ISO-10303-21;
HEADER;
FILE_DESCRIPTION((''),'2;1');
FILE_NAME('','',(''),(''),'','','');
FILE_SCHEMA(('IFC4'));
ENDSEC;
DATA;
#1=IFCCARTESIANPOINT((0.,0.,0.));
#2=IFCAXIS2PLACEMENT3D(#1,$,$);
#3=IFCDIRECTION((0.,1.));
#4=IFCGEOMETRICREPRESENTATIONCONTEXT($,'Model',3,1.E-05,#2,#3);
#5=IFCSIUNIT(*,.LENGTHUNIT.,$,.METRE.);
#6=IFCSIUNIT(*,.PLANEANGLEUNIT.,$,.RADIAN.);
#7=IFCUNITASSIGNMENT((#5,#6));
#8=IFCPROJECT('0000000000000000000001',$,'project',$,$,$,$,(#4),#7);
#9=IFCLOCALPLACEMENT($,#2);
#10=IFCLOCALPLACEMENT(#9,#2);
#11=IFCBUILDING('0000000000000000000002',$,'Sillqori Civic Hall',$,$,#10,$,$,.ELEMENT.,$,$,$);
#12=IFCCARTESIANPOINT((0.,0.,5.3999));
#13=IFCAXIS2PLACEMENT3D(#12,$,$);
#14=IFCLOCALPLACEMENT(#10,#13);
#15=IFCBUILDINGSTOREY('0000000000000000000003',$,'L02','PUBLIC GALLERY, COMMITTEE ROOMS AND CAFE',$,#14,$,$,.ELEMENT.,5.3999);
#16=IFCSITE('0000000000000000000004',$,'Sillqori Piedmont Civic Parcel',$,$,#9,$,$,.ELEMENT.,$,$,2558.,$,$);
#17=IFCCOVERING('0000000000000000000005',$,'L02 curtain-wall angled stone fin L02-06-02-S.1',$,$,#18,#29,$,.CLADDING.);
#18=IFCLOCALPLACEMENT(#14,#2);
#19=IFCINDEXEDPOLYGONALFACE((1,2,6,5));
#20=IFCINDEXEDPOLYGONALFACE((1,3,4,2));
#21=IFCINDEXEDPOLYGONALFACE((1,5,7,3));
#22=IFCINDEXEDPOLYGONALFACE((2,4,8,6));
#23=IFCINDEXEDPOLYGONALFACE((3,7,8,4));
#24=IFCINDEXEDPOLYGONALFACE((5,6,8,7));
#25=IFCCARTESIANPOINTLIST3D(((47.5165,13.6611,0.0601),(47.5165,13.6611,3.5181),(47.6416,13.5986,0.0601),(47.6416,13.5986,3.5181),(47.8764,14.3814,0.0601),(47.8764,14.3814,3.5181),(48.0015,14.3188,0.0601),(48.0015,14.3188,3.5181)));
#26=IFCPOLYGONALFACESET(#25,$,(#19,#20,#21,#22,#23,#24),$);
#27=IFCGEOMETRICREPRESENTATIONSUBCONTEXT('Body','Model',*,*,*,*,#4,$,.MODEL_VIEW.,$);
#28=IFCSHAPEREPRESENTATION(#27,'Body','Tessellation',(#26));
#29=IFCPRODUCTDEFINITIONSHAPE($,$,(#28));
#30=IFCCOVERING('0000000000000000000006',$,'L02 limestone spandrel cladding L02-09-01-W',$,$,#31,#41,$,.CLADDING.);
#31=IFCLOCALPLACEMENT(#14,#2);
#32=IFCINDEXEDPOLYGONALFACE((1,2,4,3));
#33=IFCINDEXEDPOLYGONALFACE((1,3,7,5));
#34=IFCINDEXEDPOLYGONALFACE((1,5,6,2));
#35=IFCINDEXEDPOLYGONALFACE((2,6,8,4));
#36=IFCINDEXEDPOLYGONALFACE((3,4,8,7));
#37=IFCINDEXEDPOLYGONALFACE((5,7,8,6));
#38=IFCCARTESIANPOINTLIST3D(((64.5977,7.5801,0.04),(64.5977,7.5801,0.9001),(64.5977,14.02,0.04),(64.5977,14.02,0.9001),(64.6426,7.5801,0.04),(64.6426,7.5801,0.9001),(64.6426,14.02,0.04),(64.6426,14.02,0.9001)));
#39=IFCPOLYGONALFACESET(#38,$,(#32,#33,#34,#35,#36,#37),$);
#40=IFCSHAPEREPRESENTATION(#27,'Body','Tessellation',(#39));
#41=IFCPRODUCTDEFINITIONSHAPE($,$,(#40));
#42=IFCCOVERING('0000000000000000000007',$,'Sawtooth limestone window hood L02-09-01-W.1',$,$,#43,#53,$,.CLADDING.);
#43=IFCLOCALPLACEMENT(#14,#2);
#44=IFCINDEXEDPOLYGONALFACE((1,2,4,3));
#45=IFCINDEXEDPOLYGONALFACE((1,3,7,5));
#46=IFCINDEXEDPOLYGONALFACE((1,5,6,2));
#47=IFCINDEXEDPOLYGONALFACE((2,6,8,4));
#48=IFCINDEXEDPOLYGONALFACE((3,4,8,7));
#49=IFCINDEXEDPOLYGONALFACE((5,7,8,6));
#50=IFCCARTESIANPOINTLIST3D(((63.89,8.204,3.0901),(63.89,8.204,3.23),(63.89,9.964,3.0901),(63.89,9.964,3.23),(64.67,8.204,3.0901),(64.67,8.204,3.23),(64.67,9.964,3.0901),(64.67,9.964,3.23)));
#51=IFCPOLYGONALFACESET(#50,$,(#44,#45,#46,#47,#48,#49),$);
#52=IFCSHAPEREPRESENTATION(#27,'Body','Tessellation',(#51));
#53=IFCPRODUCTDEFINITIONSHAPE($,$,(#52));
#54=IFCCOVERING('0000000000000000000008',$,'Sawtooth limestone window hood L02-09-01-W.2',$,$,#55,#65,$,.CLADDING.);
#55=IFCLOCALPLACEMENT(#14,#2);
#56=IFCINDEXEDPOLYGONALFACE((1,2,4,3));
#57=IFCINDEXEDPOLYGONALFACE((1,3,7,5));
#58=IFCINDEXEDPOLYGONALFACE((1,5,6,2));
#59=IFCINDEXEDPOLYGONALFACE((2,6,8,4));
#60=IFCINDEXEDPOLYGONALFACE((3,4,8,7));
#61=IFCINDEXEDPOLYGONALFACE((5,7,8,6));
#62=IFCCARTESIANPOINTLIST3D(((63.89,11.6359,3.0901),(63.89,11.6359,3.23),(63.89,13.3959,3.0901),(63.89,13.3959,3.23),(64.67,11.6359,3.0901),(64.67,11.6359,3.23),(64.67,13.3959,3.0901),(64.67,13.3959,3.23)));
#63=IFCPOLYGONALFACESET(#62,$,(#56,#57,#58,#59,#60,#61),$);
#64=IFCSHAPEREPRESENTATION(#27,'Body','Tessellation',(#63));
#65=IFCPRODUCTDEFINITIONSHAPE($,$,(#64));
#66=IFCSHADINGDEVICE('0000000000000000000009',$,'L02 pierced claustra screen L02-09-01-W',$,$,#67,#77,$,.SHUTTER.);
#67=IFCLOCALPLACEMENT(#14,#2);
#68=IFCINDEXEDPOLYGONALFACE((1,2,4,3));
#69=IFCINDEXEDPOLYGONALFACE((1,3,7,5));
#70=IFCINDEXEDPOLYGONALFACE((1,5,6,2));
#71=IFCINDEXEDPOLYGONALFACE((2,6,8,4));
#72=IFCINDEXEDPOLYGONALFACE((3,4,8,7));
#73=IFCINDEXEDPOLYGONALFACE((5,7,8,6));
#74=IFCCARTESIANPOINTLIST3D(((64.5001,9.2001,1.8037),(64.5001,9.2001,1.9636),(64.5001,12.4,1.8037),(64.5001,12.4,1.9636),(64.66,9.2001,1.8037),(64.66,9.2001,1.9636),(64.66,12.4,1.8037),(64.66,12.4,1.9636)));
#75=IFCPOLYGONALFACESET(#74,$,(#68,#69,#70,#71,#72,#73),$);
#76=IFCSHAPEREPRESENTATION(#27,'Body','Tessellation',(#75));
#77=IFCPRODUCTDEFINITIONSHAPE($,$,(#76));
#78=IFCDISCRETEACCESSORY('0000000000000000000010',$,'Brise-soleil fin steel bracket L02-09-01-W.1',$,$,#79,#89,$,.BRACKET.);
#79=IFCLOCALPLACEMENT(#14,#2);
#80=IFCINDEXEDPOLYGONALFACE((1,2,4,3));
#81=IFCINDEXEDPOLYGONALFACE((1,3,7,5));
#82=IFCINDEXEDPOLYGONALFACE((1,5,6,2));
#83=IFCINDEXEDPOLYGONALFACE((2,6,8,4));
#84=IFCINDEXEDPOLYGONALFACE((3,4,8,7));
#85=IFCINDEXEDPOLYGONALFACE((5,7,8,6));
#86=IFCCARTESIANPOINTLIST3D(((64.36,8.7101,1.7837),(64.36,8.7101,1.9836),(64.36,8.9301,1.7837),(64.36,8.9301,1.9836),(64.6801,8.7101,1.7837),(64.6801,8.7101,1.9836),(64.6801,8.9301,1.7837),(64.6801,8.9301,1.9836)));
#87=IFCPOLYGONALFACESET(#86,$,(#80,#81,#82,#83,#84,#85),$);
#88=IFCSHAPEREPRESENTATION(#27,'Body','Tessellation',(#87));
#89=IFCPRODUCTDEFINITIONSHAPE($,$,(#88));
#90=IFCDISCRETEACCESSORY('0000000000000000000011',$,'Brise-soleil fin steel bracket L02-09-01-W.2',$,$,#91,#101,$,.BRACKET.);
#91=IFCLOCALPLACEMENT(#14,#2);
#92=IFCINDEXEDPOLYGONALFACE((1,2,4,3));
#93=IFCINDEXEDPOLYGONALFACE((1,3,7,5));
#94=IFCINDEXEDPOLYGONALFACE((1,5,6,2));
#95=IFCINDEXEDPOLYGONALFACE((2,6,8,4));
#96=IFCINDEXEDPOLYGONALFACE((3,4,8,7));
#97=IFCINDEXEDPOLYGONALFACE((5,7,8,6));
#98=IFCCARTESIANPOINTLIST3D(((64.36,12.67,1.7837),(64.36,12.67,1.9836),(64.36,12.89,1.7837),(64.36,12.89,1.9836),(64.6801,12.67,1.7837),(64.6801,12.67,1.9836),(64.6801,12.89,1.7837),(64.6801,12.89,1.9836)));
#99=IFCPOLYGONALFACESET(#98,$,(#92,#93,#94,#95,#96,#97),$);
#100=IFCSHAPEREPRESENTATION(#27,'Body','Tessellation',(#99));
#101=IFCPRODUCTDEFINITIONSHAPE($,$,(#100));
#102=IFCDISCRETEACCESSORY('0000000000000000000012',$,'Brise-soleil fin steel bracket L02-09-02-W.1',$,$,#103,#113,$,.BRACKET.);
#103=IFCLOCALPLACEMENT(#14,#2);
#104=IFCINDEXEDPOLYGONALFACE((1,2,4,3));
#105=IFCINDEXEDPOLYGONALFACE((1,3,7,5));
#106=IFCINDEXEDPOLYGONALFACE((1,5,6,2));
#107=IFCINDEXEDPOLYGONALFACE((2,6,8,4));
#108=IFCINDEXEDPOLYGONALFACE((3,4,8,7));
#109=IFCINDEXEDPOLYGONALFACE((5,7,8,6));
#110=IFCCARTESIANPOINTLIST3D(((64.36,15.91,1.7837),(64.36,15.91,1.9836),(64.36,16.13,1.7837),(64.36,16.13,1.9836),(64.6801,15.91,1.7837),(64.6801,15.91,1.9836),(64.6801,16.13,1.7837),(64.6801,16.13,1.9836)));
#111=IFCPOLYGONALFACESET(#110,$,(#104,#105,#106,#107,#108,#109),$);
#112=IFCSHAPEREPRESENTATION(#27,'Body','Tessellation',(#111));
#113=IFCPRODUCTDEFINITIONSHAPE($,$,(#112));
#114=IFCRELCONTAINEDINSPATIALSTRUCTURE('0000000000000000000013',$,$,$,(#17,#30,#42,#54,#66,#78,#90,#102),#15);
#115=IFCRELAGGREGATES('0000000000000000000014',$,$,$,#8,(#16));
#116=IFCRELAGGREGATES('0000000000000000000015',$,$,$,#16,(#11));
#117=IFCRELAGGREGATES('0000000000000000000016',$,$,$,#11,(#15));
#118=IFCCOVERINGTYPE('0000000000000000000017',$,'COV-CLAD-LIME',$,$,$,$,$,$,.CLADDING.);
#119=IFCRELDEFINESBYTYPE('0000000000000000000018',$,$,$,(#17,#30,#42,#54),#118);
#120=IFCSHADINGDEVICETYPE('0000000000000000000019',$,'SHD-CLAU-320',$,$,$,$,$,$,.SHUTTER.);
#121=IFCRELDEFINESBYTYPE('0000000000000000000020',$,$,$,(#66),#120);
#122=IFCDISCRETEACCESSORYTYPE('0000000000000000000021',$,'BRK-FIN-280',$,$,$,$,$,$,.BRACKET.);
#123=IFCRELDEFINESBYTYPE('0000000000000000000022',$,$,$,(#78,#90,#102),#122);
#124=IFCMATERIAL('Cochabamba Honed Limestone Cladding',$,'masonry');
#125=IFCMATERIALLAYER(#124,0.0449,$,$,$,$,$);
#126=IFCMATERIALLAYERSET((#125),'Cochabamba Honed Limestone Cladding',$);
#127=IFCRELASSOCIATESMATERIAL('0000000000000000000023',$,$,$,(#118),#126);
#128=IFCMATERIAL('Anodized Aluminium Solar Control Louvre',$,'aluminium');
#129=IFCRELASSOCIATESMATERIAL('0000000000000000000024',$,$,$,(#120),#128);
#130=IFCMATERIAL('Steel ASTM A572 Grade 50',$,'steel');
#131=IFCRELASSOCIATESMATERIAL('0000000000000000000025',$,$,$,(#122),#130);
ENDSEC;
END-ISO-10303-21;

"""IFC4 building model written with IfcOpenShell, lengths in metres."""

from ifc_helpers import new_model, si_unit, direction, frame, frame_2d, origin, origin_2d, place, context, subcontext, project, spatial, rectangle, extrude, material, layer, layer_set, type_object, element, save


model = new_model("IFC4")

# Units and contexts
model_context = context("Model", 3, precision=1e-05, world=origin(), true_north=direction((0.0, 1.0)))
body_context = subcontext(model_context, "Body", "Model", "MODEL_VIEW")
ifc_project = project(units=[si_unit("LENGTHUNIT", "METRE"), si_unit("PLANEANGLEUNIT", "RADIAN")], contexts=[model_context])

# Site, building, storey
site_placement = place(None, origin())
site = spatial("IfcSite", under=ifc_project, at=site_placement, Name="Sillqori Piedmont Civic Parcel", CompositionType="ELEMENT", RefElevation=2558.0)
building_placement = place(site_placement, origin())
building = spatial("IfcBuilding", under=site, at=building_placement, Name="Sillqori Civic Hall", CompositionType="ELEMENT")
storey_placement = place(building_placement, frame((0.0, 0.0, 5.3999)))
storey = spatial("IfcBuildingStorey", under=building, at=storey_placement, Name="L02", Description="PUBLIC GALLERY, COMMITTEE ROOMS AND CAFE", CompositionType="ELEMENT", Elevation=5.3999)

# Coverings
ifc_material_1 = material(Name="Cochabamba Honed Limestone Cladding", Category="masonry")
ifc_layer_1 = layer(ifc_material_1, 0.0449)
ifc_layer_set_1 = layer_set([ifc_layer_1], Name="Cochabamba Honed Limestone Cladding")
covering_type = type_object("IfcCoveringType", Name="COV-CLAD-LIME", PredefinedType="CLADDING", material=ifc_layer_set_1)
covering_1_placement = place(storey_placement, frame((47.939, 14.3501, 0.0601), z_axis=(0.0, 0.0, 1.0), x_axis=(-0.446971, -0.894548, 0.0)))
element("IfcCovering", 1, at=covering_1_placement, inside=storey, type_object=covering_type, Name="L02 curtain-wall angled stone fin L02-06-02-S.1", PredefinedType="CLADDING", context=body_context, shape_type="SweptSolid", body=[
    extrude(rectangle(XDim=0.8052, YDim=0.1399, at=frame_2d((0.4026, 0.0))), origin(), (0.0, 0.0, 1.0), 3.458),
])
covering_2_placement = place(storey_placement, frame((64.6201, 7.5801, 0.04), z_axis=(0.0, 0.0, 1.0), x_axis=(0.0, 1.0, 0.0)))
element("IfcCovering", 2, at=covering_2_placement, inside=storey, type_object=covering_type, Name="L02 limestone spandrel cladding L02-09-01-W", PredefinedType="CLADDING", context=body_context, shape_type="SweptSolid", body=[
    extrude(rectangle(XDim=6.4399, YDim=0.0449, at=frame_2d((3.22, 0.0))), origin(), (0.0, 0.0, 1.0), 0.8601),
])
for number, where, z_axis, x_axis, name in (
    (3, (64.28, 8.2041, 3.0901), (0.0, 0.0, 1.0), (0.0, 1.0, 0.0), "Sawtooth limestone window hood L02-09-01-W.1"),
    (4, (64.28, 11.636, 3.0901), (0.0, 0.0, 1.0), (0.0, 1.0, 0.0), "Sawtooth limestone window hood L02-09-01-W.2"),
):
    element("IfcCovering", number, at=place(storey_placement, frame(where, z_axis=z_axis, x_axis=x_axis)), inside=storey, type_object=covering_type, Name=name, PredefinedType="CLADDING", context=body_context, shape_type="SweptSolid", body=[
        extrude(rectangle(XDim=1.76, YDim=0.78, at=frame_2d((0.8799, 0.0))), origin(), (0.0, 0.0, 1.0), 0.1399),
    ])

# Shading device
ifc_material_2 = material(Name="Anodized Aluminium Solar Control Louvre", Category="aluminium")
shading_device_type = type_object("IfcShadingDeviceType", Name="SHD-CLAU-320", PredefinedType="SHUTTER", material=ifc_material_2)
shading_device_placement = place(storey_placement, frame((64.5801, 10.8, 1.8037), z_axis=(0.0, 0.0, 1.0), x_axis=(0.0, 1.0, 0.0)))
element("IfcShadingDevice", 5, at=shading_device_placement, inside=storey, type_object=shading_device_type, Name="L02 pierced claustra screen L02-09-01-W", PredefinedType="SHUTTER", context=body_context, shape_type="SweptSolid", body=[
    extrude(rectangle(XDim=3.2, YDim=0.1599, at=origin_2d()), origin(), (0.0, 0.0, 1.0), 0.1599),
])

# Discrete accessories
ifc_material_3 = material(Name="Steel ASTM A572 Grade 50", Category="steel")
discrete_accessory_type = type_object("IfcDiscreteAccessoryType", Name="BRK-FIN-280", PredefinedType="BRACKET", material=ifc_material_3)
for number, where, z_axis, x_axis, name in (
    (6, (64.52, 8.8201, 1.7837), (0.0, 0.0, 1.0), (0.0, 1.0, 0.0), "Brise-soleil fin steel bracket L02-09-01-W.1"),
    (7, (64.52, 12.78, 1.7837), (0.0, 0.0, 1.0), (0.0, 1.0, 0.0), "Brise-soleil fin steel bracket L02-09-01-W.2"),
    (8, (64.52, 16.02, 1.7837), (0.0, 0.0, 1.0), (0.0, 1.0, 0.0), "Brise-soleil fin steel bracket L02-09-02-W.1"),
):
    element("IfcDiscreteAccessory", number, at=place(storey_placement, frame(where, z_axis=z_axis, x_axis=x_axis)), inside=storey, type_object=discrete_accessory_type, Name=name, PredefinedType="BRACKET", context=body_context, shape_type="SweptSolid", body=[
        extrude(rectangle(XDim=0.22, YDim=0.3201, at=origin_2d()), origin(), (0.0, 0.0, 1.0), 0.2),
    ])

save(model, "model.ifc")
